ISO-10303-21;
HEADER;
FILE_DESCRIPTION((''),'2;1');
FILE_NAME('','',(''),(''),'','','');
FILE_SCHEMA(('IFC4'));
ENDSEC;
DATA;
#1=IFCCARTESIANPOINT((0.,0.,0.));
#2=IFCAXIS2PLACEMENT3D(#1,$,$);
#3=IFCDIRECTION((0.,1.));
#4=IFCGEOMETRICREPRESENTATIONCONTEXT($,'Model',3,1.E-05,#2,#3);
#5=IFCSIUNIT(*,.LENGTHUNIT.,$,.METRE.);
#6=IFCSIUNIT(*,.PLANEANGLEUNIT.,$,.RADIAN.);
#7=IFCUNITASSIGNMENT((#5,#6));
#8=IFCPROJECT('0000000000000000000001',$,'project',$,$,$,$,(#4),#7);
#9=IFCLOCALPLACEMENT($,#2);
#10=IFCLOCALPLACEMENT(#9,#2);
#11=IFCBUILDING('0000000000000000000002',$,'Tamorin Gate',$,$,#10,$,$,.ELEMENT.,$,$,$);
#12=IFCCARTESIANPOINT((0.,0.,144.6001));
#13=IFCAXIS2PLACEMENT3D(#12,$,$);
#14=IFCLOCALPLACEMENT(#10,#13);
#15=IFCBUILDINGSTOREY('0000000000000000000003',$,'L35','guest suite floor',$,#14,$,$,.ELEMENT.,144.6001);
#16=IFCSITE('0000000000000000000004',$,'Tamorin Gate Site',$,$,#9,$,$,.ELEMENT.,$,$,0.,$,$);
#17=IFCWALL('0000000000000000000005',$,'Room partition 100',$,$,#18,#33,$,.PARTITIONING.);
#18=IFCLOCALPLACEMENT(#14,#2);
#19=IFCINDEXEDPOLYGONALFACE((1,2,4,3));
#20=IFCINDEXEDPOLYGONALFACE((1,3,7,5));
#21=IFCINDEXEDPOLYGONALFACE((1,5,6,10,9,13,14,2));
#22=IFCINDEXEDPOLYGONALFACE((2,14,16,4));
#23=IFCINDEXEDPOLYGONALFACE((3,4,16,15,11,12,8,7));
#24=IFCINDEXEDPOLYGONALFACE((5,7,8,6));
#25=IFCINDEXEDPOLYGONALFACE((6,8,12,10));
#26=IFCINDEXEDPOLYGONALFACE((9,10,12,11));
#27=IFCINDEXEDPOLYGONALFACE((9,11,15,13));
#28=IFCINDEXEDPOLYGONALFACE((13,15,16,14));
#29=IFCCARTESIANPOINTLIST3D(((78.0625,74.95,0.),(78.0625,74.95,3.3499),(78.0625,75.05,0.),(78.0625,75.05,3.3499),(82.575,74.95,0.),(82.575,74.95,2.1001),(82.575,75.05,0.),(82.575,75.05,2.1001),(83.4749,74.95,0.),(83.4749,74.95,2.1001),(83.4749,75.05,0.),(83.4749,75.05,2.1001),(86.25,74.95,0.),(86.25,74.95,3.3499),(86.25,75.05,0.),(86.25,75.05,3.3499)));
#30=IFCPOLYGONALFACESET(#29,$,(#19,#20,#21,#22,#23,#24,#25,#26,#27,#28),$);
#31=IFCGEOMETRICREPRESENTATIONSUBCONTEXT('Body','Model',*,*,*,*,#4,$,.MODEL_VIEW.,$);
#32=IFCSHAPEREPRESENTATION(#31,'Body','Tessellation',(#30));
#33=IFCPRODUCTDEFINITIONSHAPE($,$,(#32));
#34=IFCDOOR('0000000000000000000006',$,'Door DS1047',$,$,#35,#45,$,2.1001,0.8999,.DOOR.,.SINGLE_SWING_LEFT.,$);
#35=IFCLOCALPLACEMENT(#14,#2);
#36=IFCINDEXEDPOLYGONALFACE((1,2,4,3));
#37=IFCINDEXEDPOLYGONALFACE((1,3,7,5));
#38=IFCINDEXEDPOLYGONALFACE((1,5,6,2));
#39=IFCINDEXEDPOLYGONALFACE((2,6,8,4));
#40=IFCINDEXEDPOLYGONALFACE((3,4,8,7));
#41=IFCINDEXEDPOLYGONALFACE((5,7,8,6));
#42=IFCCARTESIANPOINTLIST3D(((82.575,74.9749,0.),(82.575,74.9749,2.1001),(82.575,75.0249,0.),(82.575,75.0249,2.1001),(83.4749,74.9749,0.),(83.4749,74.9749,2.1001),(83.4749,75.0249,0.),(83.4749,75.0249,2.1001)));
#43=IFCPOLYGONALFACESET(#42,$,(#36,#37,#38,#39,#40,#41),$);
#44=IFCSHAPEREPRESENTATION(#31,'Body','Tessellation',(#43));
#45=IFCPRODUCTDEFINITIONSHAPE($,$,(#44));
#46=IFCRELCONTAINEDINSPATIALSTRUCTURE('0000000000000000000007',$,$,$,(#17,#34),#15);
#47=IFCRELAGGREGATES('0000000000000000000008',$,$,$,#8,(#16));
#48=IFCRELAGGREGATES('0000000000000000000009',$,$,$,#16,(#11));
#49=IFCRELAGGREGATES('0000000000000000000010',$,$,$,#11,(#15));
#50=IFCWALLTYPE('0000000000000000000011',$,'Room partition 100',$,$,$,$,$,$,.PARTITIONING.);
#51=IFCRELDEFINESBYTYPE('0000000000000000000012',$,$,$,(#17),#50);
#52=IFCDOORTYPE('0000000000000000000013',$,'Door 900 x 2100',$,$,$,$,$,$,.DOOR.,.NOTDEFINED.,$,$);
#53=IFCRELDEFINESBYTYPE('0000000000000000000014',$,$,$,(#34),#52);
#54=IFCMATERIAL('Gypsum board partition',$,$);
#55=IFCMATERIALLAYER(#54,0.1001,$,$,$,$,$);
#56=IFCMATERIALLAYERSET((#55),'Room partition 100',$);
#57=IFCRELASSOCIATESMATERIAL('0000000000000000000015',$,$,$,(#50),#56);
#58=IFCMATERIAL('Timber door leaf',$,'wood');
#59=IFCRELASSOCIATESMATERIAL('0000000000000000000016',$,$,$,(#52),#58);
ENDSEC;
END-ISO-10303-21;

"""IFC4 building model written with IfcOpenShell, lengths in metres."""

from ifc_helpers import new_model, si_unit, direction, frame, frame_2d, origin, place, context, subcontext, project, spatial, rectangle, extrude, material, layer, layer_set, type_object, element, fill, save


model = new_model("IFC4")

# Units and contexts
model_context = context("Model", 3, precision=1e-05, world=origin(), true_north=direction((0.0, 1.0)))
body_context = subcontext(model_context, "Body", "Model", "MODEL_VIEW")
ifc_project = project(units=[si_unit("LENGTHUNIT", "METRE"), si_unit("PLANEANGLEUNIT", "RADIAN")], contexts=[model_context])

# Site, building, storey
site_placement = place(None, origin())
site = spatial("IfcSite", under=ifc_project, at=site_placement, Name="Tamorin Gate Site", CompositionType="ELEMENT", RefElevation=0.0)
building_placement = place(site_placement, origin())
building = spatial("IfcBuilding", under=site, at=building_placement, Name="Tamorin Gate", CompositionType="ELEMENT")
storey_placement = place(building_placement, frame((0.0, 0.0, 144.6001)))
storey = spatial("IfcBuildingStorey", under=building, at=storey_placement, Name="L35", Description="guest suite floor", CompositionType="ELEMENT", Elevation=144.6001)

# Shared definitions
ifc_material_1 = material(Name="Gypsum board partition")

# Wall, opening, door
ifc_layer_1 = layer(ifc_material_1, 0.1001)
ifc_layer_set_1 = layer_set([ifc_layer_1], Name="Room partition 100")
wall_type_1 = type_object("IfcWallType", Name="Room partition 100", PredefinedType="PARTITIONING", material=ifc_layer_set_1)
wall_1_placement = place(storey_placement, frame((78.0625, 75.0, 0.0), z_axis=(0.0, 0.0, 1.0), x_axis=(1.0, 0.0, 0.0)))
wall_1 = element("IfcWall", 1, at=wall_1_placement, inside=storey, type_object=wall_type_1, Name="Room partition 100", PredefinedType="PARTITIONING", context=body_context, shape_type="SweptSolid", body=[
    extrude(rectangle(XDim=8.1875, YDim=0.1001, at=frame_2d((4.0938, 0.0))), origin(), (0.0, 0.0, 1.0), 3.3499),
])
opening_1_placement = place(wall_1_placement, frame((4.5125, 0.0, 0.0)))
opening_1 = element("IfcOpeningElement", 2, at=opening_1_placement, cuts=wall_1, PredefinedType="OPENING", context=body_context, shape_type="SweptSolid", body=[
    extrude(rectangle(XDim=0.8999, YDim=2.1001, at=frame_2d((0.45, 1.05))), frame((0.0, 0.0601, 0.0), z_axis=(0.0, -1.0, 0.0), x_axis=(1.0, 0.0, 0.0)), (0.0, 0.0, 1.0), 0.1201),
])
ifc_material_2 = material(Name="Timber door leaf", Category="wood")
door_type = type_object("IfcDoorType", Name="Door 900 x 2100", OperationType="NOTDEFINED", PredefinedType="DOOR", material=ifc_material_2)
door_placement = place(opening_1_placement, origin())
door = element("IfcDoor", 3, at=door_placement, inside=storey, type_object=door_type, Name="Door DS1047", OperationType="SINGLE_SWING_LEFT", OverallHeight=2.1001, OverallWidth=0.8999, PredefinedType="DOOR", context=body_context, shape_type="SweptSolid", body=[
    extrude(rectangle(XDim=0.8999, YDim=2.1001, at=frame_2d((0.45, 1.05))), frame((0.0, 0.0249, 0.0), z_axis=(0.0, -1.0, 0.0), x_axis=(1.0, 0.0, 0.0)), (0.0, 0.0, 1.0), 0.05),
])
fill(opening_1, door)

save(model, "model.ifc")
